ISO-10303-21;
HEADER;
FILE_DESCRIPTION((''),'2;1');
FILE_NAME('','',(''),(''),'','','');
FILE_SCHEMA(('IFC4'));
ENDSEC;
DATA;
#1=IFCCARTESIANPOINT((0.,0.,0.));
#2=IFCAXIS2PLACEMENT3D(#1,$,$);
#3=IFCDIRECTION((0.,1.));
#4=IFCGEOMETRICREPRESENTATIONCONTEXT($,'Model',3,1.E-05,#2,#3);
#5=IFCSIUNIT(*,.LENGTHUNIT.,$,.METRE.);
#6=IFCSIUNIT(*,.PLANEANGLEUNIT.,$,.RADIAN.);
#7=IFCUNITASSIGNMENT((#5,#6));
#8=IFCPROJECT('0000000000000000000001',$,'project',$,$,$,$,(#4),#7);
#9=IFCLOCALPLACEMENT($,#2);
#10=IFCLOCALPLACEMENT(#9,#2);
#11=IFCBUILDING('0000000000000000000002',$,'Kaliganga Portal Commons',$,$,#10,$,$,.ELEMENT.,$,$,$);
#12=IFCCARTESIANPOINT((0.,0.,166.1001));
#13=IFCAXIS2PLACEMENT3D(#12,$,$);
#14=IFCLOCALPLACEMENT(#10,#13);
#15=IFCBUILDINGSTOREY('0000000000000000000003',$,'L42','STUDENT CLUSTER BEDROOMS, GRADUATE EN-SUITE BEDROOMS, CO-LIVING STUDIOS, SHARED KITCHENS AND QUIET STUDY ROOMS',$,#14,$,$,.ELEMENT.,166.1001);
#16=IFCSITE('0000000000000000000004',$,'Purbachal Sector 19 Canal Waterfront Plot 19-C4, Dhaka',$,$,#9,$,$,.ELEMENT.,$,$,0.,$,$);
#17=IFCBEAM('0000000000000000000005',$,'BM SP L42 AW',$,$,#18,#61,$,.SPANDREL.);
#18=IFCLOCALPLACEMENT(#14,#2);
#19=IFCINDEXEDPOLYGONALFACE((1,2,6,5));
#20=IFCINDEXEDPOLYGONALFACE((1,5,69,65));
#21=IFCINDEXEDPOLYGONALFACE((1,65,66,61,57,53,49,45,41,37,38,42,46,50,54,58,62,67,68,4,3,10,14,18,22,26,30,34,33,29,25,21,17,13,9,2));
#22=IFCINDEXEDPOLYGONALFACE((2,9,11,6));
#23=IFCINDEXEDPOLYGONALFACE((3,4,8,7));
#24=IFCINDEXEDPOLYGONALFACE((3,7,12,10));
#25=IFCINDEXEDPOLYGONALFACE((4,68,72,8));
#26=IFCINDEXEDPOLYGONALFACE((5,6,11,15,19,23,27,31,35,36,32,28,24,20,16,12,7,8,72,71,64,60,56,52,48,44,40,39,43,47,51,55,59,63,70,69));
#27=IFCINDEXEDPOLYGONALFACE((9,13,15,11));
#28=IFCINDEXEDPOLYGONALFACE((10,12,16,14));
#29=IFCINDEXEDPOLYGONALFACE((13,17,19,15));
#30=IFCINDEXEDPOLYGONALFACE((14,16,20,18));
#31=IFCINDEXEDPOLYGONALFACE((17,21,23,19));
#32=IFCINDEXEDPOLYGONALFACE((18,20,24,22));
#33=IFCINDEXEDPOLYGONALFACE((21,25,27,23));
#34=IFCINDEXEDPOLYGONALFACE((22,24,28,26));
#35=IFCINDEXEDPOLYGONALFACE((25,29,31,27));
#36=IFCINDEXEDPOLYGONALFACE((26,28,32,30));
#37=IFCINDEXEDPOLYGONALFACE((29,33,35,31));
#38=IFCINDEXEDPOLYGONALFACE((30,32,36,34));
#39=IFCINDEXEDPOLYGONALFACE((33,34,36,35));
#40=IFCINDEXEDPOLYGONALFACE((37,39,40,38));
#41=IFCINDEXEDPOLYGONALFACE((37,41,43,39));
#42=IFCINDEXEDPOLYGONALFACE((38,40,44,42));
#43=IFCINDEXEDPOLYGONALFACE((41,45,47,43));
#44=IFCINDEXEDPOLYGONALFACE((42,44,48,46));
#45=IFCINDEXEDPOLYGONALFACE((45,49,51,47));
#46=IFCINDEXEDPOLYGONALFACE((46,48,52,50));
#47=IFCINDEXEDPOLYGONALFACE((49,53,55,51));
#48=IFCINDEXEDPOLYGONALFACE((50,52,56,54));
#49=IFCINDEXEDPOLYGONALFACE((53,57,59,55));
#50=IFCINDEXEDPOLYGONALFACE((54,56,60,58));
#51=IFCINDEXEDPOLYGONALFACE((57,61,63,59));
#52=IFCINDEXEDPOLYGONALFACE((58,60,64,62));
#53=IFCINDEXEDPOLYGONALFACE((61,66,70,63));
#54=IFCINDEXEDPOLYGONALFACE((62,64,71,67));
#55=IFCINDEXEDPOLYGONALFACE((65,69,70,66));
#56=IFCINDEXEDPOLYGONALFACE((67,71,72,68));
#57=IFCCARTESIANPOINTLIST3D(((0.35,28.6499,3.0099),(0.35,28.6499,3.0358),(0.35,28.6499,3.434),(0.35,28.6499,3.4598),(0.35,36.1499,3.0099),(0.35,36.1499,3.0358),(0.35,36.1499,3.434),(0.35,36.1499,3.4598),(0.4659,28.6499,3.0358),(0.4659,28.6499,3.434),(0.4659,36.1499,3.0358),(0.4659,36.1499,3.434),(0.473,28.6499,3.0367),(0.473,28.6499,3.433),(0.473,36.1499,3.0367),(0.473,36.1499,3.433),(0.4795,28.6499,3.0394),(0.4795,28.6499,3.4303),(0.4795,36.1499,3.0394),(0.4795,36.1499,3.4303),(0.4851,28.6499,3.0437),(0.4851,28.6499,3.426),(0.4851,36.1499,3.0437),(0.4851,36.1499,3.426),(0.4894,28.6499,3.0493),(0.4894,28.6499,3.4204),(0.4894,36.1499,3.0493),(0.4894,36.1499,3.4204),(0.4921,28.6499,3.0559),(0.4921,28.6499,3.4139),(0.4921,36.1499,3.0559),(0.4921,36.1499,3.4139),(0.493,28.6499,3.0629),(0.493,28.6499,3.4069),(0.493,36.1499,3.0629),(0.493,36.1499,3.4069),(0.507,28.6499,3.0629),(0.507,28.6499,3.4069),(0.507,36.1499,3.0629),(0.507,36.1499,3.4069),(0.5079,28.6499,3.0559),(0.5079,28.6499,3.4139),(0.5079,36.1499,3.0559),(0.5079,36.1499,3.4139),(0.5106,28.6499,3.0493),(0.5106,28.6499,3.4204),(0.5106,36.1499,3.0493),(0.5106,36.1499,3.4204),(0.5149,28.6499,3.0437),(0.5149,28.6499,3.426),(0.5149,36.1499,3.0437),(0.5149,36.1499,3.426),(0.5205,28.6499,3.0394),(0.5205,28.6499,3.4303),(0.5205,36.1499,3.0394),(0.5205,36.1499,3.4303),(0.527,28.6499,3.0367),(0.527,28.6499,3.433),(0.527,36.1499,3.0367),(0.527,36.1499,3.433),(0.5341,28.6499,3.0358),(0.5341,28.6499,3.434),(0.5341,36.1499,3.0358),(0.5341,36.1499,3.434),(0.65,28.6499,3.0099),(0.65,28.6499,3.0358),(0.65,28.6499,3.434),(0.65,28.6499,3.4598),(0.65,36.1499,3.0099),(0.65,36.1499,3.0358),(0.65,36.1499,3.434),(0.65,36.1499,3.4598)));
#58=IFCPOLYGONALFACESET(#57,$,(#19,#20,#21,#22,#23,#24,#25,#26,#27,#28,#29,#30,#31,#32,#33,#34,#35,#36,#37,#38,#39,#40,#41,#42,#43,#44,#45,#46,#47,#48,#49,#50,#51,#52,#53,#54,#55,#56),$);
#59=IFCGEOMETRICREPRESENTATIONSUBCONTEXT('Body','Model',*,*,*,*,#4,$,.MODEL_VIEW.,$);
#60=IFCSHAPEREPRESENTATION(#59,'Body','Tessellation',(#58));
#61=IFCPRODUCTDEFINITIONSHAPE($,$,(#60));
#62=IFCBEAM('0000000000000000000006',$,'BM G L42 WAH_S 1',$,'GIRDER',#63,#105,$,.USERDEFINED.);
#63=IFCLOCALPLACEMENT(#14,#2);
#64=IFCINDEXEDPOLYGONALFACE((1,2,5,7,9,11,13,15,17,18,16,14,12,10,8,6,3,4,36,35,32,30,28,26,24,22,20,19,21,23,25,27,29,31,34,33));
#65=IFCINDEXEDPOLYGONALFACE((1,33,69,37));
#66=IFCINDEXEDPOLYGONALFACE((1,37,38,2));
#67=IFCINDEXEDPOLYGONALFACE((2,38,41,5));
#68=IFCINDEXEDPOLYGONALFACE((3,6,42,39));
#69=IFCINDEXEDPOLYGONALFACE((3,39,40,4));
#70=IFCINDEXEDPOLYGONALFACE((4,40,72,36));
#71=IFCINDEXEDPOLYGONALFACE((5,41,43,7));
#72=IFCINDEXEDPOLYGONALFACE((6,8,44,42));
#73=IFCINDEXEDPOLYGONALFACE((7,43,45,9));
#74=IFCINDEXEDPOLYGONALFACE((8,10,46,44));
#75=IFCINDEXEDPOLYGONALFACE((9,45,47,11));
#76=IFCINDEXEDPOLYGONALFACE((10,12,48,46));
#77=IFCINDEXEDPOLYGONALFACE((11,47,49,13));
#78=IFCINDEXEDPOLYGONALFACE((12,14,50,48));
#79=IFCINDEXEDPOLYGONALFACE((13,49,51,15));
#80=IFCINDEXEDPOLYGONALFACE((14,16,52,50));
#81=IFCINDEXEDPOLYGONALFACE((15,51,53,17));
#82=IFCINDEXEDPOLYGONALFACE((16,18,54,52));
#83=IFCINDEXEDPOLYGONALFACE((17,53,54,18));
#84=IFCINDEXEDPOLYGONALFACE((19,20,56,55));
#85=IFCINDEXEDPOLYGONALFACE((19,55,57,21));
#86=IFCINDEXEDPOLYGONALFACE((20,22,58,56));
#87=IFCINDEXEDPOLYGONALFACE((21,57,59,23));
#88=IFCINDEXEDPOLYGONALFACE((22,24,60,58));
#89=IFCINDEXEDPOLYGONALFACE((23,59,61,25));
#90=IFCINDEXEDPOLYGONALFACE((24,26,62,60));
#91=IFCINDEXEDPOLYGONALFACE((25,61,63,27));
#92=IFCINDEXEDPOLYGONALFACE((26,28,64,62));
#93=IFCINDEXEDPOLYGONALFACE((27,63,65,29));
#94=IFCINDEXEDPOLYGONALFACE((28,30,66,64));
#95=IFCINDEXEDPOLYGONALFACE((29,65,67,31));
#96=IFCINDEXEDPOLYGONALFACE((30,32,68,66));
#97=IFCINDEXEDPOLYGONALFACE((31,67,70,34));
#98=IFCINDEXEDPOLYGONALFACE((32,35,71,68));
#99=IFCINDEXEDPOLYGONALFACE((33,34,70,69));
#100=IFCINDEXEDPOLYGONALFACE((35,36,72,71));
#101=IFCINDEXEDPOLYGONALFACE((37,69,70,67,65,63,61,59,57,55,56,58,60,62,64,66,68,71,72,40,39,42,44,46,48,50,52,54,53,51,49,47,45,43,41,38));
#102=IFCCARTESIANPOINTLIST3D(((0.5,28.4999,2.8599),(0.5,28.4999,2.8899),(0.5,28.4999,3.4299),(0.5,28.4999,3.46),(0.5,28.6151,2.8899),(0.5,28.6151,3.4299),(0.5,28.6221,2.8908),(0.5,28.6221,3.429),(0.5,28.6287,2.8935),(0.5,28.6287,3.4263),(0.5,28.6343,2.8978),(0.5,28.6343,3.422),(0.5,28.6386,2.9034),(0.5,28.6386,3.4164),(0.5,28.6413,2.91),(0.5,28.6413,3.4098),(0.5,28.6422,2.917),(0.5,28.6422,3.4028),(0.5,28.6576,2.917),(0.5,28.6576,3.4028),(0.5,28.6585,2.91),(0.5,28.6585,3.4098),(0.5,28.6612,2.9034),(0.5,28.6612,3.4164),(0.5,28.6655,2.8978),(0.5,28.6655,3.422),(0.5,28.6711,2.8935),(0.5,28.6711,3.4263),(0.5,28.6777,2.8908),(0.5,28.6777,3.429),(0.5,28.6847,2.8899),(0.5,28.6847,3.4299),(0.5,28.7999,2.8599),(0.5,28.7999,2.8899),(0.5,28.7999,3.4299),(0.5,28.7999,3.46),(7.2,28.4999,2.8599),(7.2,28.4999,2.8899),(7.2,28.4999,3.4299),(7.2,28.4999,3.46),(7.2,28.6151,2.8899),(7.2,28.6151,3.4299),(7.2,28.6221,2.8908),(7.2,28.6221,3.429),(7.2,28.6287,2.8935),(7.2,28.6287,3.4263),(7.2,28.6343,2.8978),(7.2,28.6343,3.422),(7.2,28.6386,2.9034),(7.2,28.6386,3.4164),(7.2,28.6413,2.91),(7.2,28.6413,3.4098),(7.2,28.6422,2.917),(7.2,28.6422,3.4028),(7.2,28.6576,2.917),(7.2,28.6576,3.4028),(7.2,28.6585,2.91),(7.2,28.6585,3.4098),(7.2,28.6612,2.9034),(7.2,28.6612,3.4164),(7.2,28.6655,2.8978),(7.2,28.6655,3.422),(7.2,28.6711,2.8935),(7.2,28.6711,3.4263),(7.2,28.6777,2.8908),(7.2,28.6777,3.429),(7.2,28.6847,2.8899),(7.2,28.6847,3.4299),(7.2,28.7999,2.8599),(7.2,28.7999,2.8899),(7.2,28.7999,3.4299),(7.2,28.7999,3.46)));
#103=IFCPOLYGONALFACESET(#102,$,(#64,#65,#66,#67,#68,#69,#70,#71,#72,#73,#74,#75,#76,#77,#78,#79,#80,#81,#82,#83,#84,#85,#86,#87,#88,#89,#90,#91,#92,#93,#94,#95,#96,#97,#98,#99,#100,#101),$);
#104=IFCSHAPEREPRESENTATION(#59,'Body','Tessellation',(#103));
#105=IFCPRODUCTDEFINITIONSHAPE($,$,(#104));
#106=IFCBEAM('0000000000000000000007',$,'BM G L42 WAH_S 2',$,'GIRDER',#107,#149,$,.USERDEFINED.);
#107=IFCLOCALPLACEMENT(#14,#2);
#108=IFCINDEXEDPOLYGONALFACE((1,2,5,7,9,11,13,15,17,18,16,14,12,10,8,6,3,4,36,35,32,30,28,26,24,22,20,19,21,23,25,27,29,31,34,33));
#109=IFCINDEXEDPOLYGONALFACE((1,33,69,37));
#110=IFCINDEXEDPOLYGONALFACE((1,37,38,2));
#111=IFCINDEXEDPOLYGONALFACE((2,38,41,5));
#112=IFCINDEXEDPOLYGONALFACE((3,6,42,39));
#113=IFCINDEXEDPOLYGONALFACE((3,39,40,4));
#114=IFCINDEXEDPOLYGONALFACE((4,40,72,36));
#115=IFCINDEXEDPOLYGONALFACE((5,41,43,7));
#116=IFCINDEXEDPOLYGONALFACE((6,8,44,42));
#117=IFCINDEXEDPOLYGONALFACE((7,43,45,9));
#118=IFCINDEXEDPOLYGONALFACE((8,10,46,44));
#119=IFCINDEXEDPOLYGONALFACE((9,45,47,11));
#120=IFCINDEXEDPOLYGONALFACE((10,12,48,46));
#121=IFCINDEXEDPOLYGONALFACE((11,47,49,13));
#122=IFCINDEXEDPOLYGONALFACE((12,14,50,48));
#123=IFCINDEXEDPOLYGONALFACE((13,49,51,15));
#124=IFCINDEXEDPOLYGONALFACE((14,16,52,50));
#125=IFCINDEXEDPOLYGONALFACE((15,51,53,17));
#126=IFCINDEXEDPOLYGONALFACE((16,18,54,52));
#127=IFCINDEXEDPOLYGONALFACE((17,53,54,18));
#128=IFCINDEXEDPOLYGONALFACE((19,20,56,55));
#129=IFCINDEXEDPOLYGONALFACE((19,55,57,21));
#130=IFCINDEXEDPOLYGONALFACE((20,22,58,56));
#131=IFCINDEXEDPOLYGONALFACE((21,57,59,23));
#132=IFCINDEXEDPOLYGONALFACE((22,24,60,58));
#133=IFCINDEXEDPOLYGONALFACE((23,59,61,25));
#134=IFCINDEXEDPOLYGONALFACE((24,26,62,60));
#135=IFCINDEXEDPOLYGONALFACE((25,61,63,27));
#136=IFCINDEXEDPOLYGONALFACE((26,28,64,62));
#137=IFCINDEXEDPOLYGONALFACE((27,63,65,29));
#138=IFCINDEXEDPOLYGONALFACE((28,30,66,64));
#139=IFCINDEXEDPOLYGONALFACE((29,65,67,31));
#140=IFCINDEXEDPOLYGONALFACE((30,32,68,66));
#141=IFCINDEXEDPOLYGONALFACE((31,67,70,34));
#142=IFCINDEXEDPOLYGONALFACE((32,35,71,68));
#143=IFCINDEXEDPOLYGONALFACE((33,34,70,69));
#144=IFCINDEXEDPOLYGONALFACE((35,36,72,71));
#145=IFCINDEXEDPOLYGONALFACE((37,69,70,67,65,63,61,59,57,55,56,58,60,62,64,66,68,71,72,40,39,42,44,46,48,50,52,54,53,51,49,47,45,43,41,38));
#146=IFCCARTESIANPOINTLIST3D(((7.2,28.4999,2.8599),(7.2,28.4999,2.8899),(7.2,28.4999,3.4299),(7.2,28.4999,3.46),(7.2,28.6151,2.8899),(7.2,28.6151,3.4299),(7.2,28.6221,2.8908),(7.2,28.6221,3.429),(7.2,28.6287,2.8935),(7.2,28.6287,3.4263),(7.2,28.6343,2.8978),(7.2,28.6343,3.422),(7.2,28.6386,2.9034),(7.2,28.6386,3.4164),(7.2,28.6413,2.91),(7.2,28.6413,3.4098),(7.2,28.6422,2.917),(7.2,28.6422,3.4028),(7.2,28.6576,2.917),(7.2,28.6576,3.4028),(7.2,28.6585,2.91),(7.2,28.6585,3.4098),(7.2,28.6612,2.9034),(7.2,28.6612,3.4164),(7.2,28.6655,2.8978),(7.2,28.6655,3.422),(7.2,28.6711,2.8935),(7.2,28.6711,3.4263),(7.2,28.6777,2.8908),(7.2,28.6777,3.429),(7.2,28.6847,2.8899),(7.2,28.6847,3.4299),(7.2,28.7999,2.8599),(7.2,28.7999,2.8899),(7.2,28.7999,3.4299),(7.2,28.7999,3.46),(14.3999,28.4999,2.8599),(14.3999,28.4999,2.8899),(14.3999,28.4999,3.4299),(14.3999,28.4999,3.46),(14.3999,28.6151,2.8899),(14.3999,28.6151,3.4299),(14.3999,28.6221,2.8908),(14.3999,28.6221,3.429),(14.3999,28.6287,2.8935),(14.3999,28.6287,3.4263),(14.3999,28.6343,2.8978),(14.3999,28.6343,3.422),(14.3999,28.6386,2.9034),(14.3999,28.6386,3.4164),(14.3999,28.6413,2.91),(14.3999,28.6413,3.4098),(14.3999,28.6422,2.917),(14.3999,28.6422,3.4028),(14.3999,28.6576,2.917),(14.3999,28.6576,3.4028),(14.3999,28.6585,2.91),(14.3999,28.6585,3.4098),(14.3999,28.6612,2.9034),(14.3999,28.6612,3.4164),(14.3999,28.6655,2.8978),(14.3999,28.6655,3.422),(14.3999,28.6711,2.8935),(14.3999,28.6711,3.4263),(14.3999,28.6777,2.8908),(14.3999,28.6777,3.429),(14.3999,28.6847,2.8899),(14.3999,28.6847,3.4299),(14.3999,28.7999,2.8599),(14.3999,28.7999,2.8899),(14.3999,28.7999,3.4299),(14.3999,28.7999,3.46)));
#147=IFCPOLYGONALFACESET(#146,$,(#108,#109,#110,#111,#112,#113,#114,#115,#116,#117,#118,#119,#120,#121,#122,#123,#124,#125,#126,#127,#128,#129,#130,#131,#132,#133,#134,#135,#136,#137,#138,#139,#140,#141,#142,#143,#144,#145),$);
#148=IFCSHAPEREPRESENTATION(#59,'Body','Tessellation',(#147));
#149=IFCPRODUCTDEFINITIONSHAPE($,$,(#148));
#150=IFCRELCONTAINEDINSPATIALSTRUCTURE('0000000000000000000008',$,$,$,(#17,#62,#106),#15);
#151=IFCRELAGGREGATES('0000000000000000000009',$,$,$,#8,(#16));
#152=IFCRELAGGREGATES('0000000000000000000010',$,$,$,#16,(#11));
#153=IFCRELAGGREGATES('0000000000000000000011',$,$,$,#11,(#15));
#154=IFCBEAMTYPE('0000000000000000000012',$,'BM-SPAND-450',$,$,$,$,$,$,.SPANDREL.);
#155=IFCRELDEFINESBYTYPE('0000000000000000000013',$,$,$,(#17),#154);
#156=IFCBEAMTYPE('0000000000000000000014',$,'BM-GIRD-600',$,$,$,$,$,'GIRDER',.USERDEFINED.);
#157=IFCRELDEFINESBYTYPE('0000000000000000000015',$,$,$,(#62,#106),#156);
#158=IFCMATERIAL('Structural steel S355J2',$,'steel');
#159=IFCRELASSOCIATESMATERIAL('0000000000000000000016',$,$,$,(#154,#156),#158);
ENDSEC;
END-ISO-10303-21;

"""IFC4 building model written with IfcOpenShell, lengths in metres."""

from ifc_helpers import new_model, si_unit, direction, frame, origin, origin_2d, place, context, subcontext, project, spatial, i_section, extrude, source, transform, mapped, material, material_profile, profile_set, type_object, element, save


model = new_model("IFC4")

# Units and contexts
model_context = context("Model", 3, precision=1e-05, world=origin(), true_north=direction((0.0, 1.0)))
body_context = subcontext(model_context, "Body", "Model", "MODEL_VIEW")
ifc_project = project(units=[si_unit("LENGTHUNIT", "METRE"), si_unit("PLANEANGLEUNIT", "RADIAN")], contexts=[model_context])

# Site, building, storey
site_placement = place(None, origin())
site = spatial("IfcSite", under=ifc_project, at=site_placement, Name="Purbachal Sector 19 Canal Waterfront Plot 19-C4, Dhaka", CompositionType="ELEMENT", RefElevation=0.0)
building_placement = place(site_placement, origin())
building = spatial("IfcBuilding", under=site, at=building_placement, Name="Kaliganga Portal Commons", CompositionType="ELEMENT")
storey_placement = place(building_placement, frame((0.0, 0.0, 166.1001)))
storey = spatial("IfcBuildingStorey", under=building, at=storey_placement, Name="L42", Description="STUDENT CLUSTER BEDROOMS, GRADUATE EN-SUITE BEDROOMS, CO-LIVING STUDIOS, SHARED KITCHENS AND QUIET STUDY ROOMS", CompositionType="ELEMENT", Elevation=166.1001)

# Beams
ifc_material_1 = material(Name="Structural steel S355J2", Category="steel")
ifc_material_profile_1 = material_profile(ifc_material_1, i_section(OverallWidth=0.3, OverallDepth=0.45, WebThickness=0.0139, FlangeThickness=0.0259, FilletRadius=0.0271, at=origin_2d()), Name="HE 450 B")
ifc_profile_set_1 = profile_set([ifc_material_profile_1], Name="Structural steel S355J2 wide-flange")
beam_type_1 = type_object("IfcBeamType", Name="BM-SPAND-450", PredefinedType="SPANDREL", material=ifc_profile_set_1)
shared_shape_1 = source(origin(), body_context, "Body", "SweptSolid", [
    extrude(i_section(OverallWidth=0.3, OverallDepth=0.45, WebThickness=0.0139, FlangeThickness=0.0259, FilletRadius=0.0271, at=origin_2d()), origin(), (0.0, 0.0, 1.0), 7.5),
])
beam_1_placement = place(storey_placement, frame((0.5, 28.6499, 3.2349), z_axis=(0.0, 1.0, 0.0), x_axis=(-1.0, 0.0, 0.0)))
element("IfcBeam", 1, at=beam_1_placement, inside=storey, type_object=beam_type_1, Name="BM SP L42 AW", PredefinedType="SPANDREL", context=body_context, shape_type="MappedRepresentation", body=[
    mapped(shared_shape_1, transform((0.0, 0.0, 0.0), x_axis=(1.0, 0.0, 0.0), y_axis=(0.0, 1.0, 0.0), z_axis=(0.0, 0.0, 1.0), scale=1.0)),
])
ifc_material_profile_2 = material_profile(ifc_material_1, i_section(OverallWidth=0.3, OverallDepth=0.6001, WebThickness=0.0154, FlangeThickness=0.03, FilletRadius=0.0271, at=origin_2d()), Name="HE 600 B")
ifc_profile_set_2 = profile_set([ifc_material_profile_2], Name="Structural steel S355J2 wide-flange")
beam_type_2 = type_object("IfcBeamType", Name="BM-GIRD-600", ElementType="GIRDER", PredefinedType="USERDEFINED", material=ifc_profile_set_2)
shared_shape_2 = source(origin(), body_context, "Body", "SweptSolid", [
    extrude(i_section(OverallWidth=0.3, OverallDepth=0.6001, WebThickness=0.0154, FlangeThickness=0.03, FilletRadius=0.0271, at=origin_2d()), origin(), (0.0, 0.0, 1.0), 6.7),
])
beam_2_placement = place(storey_placement, frame((0.5, 28.6499, 3.1599), z_axis=(1.0, 0.0, 0.0), x_axis=(0.0, 1.0, 0.0)))
element("IfcBeam", 2, at=beam_2_placement, inside=storey, type_object=beam_type_2, Name="BM G L42 WAH_S 1", ObjectType="GIRDER", PredefinedType="USERDEFINED", context=body_context, shape_type="MappedRepresentation", body=[
    mapped(shared_shape_2, transform((0.0, 0.0, 0.0), x_axis=(1.0, 0.0, 0.0), y_axis=(0.0, 1.0, 0.0), z_axis=(0.0, 0.0, 1.0), scale=1.0)),
])
shared_shape_3 = source(origin(), body_context, "Body", "SweptSolid", [
    extrude(i_section(OverallWidth=0.3, OverallDepth=0.6001, WebThickness=0.0154, FlangeThickness=0.03, FilletRadius=0.0271, at=origin_2d()), origin(), (0.0, 0.0, 1.0), 7.2),
])
beam_3_placement = place(storey_placement, frame((7.2, 28.6499, 3.1599), z_axis=(1.0, 0.0, 0.0), x_axis=(0.0, 1.0, 0.0)))
element("IfcBeam", 3, at=beam_3_placement, inside=storey, type_object=beam_type_2, Name="BM G L42 WAH_S 2", ObjectType="GIRDER", PredefinedType="USERDEFINED", context=body_context, shape_type="MappedRepresentation", body=[
    mapped(shared_shape_3, transform((0.0, 0.0, 0.0), x_axis=(1.0, 0.0, 0.0), y_axis=(0.0, 1.0, 0.0), z_axis=(0.0, 0.0, 1.0), scale=1.0)),
])

save(model, "model.ifc")
